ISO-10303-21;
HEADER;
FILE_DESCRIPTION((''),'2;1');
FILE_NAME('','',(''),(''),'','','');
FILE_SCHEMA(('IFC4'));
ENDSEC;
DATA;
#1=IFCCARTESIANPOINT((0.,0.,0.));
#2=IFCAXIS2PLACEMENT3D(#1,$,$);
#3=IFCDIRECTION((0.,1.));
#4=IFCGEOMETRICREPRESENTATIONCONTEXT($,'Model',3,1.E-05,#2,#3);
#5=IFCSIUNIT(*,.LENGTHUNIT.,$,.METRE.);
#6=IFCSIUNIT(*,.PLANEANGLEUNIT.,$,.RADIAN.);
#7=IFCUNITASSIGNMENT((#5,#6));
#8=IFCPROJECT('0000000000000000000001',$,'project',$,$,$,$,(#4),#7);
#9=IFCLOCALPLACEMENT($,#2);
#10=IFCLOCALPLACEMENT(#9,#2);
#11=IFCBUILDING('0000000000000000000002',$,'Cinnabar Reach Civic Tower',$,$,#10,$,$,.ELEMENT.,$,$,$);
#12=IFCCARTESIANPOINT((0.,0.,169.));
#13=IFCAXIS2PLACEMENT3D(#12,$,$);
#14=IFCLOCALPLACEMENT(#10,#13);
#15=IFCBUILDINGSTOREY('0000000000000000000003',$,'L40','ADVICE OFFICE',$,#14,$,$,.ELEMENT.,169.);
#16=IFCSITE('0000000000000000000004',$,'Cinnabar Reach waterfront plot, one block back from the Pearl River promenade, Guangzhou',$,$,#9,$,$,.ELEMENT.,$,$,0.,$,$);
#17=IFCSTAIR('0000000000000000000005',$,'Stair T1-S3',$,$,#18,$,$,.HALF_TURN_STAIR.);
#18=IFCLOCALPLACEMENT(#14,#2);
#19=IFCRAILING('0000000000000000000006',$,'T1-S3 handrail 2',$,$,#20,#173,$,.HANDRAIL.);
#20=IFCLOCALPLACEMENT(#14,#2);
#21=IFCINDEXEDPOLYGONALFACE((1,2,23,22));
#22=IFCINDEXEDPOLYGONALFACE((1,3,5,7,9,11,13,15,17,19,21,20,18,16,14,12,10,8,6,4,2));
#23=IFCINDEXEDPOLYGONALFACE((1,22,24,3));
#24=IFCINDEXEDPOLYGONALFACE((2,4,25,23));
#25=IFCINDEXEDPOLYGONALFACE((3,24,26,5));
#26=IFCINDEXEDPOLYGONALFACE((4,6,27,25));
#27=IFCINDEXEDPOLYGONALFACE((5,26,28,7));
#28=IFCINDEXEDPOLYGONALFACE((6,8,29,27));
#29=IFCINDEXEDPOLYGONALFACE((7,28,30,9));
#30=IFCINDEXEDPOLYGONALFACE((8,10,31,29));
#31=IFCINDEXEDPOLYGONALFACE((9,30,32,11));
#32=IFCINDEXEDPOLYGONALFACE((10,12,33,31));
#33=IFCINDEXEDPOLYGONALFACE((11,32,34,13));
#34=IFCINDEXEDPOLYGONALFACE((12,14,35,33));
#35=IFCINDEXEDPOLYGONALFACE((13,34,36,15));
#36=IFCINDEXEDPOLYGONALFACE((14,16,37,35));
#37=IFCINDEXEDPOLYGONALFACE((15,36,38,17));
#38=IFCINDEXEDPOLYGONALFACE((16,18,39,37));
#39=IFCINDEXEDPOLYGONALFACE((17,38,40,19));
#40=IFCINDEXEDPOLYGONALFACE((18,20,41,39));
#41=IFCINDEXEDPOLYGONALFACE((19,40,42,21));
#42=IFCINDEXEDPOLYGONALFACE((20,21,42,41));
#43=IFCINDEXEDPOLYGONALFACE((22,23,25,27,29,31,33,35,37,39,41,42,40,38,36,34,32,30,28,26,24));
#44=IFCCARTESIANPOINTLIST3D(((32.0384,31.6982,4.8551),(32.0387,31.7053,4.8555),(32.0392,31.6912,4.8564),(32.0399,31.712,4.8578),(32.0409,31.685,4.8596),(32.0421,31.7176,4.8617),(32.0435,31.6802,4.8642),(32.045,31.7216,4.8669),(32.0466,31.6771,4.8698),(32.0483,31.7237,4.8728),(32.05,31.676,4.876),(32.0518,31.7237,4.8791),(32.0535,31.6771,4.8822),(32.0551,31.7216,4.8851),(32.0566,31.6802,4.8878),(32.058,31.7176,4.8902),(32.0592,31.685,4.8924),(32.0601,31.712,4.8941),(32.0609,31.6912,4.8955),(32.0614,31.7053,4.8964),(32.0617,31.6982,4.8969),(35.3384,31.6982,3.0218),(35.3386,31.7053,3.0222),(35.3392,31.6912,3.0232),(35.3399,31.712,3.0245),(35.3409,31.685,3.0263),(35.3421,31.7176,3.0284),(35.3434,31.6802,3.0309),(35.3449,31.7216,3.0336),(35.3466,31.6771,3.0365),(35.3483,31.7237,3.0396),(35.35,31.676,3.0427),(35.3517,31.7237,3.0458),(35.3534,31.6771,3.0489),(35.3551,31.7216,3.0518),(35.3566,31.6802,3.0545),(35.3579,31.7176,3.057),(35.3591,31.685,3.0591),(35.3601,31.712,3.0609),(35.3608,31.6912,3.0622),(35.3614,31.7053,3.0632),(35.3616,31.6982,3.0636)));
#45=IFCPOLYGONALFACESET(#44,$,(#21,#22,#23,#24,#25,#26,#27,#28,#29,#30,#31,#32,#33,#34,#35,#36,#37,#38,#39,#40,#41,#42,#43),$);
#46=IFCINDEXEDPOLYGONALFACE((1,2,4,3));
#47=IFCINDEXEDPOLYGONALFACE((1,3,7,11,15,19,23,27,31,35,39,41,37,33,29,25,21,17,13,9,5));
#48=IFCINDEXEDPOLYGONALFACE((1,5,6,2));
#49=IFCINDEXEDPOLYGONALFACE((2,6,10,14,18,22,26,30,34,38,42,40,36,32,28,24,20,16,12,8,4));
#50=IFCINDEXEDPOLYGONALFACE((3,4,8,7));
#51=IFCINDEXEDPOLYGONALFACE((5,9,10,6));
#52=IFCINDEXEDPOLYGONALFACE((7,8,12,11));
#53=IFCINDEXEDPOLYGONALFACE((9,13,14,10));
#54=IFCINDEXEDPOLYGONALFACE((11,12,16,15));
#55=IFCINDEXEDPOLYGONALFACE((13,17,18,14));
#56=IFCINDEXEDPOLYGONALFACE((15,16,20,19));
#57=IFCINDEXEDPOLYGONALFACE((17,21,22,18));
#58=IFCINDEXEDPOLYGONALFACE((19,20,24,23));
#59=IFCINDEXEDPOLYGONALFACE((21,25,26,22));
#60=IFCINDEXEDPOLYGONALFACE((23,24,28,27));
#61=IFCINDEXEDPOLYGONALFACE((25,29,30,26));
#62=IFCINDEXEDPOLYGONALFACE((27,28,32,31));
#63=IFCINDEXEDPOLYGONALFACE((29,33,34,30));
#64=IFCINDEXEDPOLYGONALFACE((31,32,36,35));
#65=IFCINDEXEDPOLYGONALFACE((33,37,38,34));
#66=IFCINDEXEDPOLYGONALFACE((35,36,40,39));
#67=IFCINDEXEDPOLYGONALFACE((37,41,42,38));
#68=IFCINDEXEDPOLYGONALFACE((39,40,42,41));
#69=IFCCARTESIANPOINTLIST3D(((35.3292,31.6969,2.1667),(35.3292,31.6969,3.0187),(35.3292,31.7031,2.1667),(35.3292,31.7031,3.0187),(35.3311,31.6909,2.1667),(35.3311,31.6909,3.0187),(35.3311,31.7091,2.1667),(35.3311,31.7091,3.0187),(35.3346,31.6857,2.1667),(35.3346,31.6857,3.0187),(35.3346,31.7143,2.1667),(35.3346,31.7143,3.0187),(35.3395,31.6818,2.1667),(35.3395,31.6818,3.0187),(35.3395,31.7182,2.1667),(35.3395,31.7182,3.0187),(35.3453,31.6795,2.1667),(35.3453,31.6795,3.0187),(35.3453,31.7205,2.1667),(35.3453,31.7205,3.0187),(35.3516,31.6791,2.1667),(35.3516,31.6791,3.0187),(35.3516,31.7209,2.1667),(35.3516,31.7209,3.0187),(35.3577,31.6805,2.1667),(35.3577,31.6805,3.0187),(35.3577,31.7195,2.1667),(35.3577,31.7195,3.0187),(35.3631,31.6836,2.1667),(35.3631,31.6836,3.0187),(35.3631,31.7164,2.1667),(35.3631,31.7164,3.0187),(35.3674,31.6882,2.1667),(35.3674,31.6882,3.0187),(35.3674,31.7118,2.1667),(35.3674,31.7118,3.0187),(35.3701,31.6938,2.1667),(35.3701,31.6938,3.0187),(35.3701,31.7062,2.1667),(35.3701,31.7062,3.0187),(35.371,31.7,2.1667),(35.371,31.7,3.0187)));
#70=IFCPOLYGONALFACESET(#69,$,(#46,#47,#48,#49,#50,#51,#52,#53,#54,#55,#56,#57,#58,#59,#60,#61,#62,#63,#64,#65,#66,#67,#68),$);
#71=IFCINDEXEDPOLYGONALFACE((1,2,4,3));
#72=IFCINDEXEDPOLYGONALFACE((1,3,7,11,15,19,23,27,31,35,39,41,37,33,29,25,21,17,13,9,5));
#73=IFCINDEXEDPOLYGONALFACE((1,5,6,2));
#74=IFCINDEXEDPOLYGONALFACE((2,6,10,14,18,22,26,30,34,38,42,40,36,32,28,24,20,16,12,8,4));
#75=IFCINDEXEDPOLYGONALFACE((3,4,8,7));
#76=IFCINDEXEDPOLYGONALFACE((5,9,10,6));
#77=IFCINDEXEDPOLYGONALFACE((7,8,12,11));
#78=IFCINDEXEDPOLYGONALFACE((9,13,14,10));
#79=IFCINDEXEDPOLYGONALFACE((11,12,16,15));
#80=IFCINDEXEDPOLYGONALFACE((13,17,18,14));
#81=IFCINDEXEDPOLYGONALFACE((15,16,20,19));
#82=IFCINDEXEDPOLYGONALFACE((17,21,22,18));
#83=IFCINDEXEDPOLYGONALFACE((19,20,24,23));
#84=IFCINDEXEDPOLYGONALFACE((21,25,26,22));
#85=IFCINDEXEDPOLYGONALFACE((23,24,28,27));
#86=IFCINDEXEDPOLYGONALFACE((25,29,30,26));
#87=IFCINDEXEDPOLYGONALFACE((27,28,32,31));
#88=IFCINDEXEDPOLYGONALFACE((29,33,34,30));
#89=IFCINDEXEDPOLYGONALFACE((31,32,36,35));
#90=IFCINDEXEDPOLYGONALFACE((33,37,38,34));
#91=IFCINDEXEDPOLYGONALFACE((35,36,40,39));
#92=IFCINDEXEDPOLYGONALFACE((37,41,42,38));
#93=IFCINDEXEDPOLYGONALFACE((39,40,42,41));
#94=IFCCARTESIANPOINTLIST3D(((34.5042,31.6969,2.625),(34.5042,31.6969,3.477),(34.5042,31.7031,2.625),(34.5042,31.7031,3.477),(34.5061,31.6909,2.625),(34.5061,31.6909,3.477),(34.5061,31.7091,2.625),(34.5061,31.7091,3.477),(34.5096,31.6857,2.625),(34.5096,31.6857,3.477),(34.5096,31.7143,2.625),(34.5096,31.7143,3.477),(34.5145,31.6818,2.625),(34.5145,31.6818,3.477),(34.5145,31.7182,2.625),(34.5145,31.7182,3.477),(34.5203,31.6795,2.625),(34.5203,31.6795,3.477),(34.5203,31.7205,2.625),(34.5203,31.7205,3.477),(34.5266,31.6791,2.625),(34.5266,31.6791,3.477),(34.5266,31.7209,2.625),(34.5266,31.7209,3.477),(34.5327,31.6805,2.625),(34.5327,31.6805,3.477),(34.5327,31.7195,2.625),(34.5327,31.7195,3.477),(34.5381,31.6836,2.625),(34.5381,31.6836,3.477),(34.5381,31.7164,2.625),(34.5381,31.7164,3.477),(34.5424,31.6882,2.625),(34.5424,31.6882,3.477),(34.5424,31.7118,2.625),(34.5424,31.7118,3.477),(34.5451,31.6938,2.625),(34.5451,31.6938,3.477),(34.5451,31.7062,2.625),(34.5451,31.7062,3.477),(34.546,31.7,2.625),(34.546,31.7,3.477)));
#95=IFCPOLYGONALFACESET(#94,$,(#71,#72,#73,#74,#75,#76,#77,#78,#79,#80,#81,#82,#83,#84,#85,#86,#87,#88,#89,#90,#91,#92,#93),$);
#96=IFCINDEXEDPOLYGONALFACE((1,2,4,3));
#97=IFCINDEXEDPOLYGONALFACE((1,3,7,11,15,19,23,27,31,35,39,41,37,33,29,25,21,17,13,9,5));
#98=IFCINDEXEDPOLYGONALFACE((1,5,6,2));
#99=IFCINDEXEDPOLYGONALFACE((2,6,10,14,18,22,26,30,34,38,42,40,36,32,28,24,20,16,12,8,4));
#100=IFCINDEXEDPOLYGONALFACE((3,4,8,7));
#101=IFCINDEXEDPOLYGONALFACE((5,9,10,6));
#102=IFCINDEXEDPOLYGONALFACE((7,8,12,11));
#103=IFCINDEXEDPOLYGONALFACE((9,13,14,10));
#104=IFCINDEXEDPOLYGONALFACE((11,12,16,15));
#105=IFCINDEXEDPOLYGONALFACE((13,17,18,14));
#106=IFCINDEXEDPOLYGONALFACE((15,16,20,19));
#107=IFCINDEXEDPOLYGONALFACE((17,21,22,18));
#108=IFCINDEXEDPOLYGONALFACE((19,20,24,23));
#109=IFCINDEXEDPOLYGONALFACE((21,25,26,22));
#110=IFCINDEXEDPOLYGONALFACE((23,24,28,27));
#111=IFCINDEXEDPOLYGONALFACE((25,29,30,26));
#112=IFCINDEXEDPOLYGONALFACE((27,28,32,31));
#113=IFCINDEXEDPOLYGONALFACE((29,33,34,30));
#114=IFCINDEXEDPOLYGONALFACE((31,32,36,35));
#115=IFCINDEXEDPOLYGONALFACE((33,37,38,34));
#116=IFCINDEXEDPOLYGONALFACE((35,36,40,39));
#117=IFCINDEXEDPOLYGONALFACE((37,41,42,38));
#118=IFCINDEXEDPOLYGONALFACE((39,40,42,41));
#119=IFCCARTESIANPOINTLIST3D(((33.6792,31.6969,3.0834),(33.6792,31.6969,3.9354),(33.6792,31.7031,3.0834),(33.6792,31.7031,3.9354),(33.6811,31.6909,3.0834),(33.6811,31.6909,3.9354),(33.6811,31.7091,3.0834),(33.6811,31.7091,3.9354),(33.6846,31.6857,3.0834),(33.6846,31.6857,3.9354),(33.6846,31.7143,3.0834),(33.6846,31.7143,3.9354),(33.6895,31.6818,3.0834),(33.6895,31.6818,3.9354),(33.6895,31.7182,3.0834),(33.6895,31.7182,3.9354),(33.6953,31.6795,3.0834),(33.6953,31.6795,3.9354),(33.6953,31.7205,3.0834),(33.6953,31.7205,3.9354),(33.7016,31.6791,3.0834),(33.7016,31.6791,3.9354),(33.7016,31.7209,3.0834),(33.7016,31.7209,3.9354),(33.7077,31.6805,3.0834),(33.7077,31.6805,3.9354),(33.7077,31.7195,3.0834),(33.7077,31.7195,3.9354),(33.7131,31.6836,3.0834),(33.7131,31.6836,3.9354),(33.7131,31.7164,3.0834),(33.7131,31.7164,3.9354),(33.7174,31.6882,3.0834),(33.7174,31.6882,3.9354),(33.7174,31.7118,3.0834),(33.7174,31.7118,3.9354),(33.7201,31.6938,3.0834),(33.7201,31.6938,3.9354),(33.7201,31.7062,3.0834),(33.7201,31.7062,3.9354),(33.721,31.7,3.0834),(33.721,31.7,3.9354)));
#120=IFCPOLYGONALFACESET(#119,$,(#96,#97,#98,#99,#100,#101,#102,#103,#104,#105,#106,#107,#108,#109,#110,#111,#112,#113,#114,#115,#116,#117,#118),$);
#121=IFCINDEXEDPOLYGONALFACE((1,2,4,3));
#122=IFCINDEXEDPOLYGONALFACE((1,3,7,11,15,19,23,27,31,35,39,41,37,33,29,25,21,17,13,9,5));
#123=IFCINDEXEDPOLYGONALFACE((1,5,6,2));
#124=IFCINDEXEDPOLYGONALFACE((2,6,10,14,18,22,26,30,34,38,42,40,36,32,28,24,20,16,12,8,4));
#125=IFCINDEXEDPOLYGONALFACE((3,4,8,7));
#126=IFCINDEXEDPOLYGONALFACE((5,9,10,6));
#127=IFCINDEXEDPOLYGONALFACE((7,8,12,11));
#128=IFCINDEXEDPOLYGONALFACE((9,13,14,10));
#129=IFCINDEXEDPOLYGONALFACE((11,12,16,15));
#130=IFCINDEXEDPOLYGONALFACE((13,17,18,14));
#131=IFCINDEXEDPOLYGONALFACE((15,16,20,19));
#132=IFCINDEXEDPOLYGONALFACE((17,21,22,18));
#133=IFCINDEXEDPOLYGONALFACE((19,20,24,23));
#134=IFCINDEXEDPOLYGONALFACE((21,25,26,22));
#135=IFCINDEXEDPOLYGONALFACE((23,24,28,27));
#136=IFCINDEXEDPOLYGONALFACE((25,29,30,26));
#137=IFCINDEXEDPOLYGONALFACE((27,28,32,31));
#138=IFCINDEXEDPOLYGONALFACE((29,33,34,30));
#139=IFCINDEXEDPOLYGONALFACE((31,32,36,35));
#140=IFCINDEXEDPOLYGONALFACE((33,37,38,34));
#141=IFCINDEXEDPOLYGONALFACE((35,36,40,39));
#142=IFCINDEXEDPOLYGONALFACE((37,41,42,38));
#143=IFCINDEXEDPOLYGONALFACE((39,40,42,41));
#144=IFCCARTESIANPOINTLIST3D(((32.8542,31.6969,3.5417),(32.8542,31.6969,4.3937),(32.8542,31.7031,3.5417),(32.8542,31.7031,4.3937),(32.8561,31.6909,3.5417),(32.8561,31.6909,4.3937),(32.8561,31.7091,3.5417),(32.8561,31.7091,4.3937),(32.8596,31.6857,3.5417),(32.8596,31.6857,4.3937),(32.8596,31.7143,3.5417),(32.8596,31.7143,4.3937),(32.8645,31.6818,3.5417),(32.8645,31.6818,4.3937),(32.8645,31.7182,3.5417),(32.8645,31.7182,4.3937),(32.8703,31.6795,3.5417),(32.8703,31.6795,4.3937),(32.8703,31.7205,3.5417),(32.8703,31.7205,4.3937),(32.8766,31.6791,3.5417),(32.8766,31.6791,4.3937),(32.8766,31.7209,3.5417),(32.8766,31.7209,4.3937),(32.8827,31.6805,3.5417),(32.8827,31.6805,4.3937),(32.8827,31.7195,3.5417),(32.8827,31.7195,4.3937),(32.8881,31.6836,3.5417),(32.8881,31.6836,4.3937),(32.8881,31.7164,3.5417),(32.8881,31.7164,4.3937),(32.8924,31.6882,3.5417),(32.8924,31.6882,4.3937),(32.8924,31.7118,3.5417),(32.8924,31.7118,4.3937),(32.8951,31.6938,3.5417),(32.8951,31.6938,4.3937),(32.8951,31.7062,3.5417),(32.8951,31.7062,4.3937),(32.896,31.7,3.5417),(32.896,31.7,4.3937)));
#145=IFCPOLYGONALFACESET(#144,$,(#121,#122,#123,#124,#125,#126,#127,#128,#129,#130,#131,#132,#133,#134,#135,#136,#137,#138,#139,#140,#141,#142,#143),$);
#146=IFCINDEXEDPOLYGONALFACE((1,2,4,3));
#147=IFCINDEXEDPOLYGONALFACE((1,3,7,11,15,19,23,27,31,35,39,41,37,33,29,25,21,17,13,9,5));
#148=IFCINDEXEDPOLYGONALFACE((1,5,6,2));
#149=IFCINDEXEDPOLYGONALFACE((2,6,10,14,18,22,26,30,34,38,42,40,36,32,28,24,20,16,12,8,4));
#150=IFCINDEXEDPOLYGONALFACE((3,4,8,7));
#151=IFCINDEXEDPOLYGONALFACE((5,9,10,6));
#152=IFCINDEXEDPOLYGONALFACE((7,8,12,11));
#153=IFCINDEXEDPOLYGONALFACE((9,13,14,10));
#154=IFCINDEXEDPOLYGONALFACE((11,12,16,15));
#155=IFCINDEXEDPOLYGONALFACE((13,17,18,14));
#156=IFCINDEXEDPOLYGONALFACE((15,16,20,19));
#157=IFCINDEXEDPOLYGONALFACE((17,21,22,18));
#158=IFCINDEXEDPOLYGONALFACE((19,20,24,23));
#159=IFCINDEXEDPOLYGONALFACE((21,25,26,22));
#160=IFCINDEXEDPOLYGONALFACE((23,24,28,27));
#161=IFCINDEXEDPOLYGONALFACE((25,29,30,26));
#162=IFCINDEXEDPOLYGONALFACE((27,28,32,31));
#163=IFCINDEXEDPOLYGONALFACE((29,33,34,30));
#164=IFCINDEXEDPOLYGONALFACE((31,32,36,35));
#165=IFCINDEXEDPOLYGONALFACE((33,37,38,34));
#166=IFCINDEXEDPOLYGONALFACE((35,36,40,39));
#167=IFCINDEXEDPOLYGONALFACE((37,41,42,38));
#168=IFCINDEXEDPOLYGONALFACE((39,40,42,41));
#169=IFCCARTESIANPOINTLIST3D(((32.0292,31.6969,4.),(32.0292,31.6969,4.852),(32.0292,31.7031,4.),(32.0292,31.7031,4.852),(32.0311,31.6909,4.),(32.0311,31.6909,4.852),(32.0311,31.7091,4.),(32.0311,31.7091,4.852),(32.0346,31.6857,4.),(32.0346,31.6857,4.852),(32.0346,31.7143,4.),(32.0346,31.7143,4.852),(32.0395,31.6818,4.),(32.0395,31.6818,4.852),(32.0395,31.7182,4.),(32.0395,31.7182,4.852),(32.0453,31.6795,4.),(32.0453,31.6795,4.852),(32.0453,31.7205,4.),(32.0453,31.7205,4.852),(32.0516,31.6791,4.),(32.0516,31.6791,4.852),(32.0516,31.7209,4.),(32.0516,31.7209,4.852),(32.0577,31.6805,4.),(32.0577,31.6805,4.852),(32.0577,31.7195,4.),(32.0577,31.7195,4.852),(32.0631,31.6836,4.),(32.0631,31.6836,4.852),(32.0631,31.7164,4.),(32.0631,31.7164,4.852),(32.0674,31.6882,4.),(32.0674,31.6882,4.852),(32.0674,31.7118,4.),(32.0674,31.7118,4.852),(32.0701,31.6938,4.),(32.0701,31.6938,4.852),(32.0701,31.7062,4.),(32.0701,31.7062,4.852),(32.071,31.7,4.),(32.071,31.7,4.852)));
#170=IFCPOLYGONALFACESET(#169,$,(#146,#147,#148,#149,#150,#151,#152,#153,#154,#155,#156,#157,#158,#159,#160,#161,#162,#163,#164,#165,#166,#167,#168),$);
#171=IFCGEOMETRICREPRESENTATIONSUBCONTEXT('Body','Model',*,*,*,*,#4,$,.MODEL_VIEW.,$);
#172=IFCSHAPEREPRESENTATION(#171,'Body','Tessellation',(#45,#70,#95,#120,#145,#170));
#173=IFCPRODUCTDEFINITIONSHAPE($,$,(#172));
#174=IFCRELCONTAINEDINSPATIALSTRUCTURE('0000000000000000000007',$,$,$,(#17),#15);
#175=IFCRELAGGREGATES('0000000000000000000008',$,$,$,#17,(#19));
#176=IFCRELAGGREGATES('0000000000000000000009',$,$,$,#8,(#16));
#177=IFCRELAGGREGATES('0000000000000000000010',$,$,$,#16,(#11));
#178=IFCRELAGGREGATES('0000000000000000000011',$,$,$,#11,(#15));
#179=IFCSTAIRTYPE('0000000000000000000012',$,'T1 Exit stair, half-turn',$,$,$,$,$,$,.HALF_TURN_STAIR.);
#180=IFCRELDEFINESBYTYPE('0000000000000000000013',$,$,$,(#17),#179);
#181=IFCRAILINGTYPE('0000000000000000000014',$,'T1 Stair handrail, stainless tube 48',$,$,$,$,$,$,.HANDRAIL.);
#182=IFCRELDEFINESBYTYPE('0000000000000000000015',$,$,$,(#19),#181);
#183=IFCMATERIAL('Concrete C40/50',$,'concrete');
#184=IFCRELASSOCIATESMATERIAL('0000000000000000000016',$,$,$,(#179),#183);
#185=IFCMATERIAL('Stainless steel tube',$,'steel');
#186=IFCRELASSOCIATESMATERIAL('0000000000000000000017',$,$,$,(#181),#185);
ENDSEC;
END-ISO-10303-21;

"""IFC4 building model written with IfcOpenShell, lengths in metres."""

from ifc_helpers import new_model, si_unit, direction, frame, origin, origin_2d, place, context, subcontext, project, spatial, circle, extrude, material, type_object, element, aggregate, save


model = new_model("IFC4")

# Units and contexts
model_context = context("Model", 3, precision=1e-05, world=origin(), true_north=direction((0.0, 1.0)))
body_context = subcontext(model_context, "Body", "Model", "MODEL_VIEW")
ifc_project = project(units=[si_unit("LENGTHUNIT", "METRE"), si_unit("PLANEANGLEUNIT", "RADIAN")], contexts=[model_context])

# Site, building, storey
site_placement = place(None, origin())
site = spatial("IfcSite", under=ifc_project, at=site_placement, Name="Cinnabar Reach waterfront plot, one block back from the Pearl River promenade, Guangzhou", CompositionType="ELEMENT", RefElevation=0.0)
building_placement = place(site_placement, origin())
building = spatial("IfcBuilding", under=site, at=building_placement, Name="Cinnabar Reach Civic Tower", CompositionType="ELEMENT")
storey_placement = place(building_placement, frame((0.0, 0.0, 169.0)))
storey = spatial("IfcBuildingStorey", under=building, at=storey_placement, Name="L40", Description="ADVICE OFFICE", CompositionType="ELEMENT", Elevation=169.0)

# Stair, railing
ifc_material_1 = material(Name="Concrete C40/50", Category="concrete")
stair_type = type_object("IfcStairType", Name="T1 Exit stair, half-turn", PredefinedType="HALF_TURN_STAIR", material=ifc_material_1)
stair_placement = place(storey_placement, origin())
stair = element("IfcStair", 1, at=stair_placement, inside=storey, type_object=stair_type, Name="Stair T1-S3", PredefinedType="HALF_TURN_STAIR")
ifc_material_2 = material(Name="Stainless steel tube", Category="steel")
railing_type = type_object("IfcRailingType", Name="T1 Stair handrail, stainless tube 48", PredefinedType="HANDRAIL", material=ifc_material_2)
railing_placement = place(storey_placement, frame((35.35, 31.7, 2.1667)))
railing = element("IfcRailing", 2, at=railing_placement, type_object=railing_type, Name="T1-S3 handrail 2", PredefinedType="HANDRAIL", context=body_context, shape_type="SweptSolid", body=[
    extrude(circle(Radius=0.024, at=origin_2d()), frame((0.0, 0.0, 0.876), z_axis=(-0.874161, 0.0, 0.485636), x_axis=(0.0, -1.0, 0.0)), (0.0, 0.0, 1.0), 3.775),
    extrude(circle(Radius=0.021, at=origin_2d()), origin(), (0.0, 0.0, 1.0), 0.852),
    extrude(circle(Radius=0.021, at=origin_2d()), frame((-0.825, 0.0, 0.4583)), (0.0, 0.0, 1.0), 0.852),
    extrude(circle(Radius=0.021, at=origin_2d()), frame((-1.65, 0.0, 0.9167)), (0.0, 0.0, 1.0), 0.852),
    extrude(circle(Radius=0.021, at=origin_2d()), frame((-2.475, 0.0, 1.375)), (0.0, 0.0, 1.0), 0.852),
    extrude(circle(Radius=0.021, at=origin_2d()), frame((-3.3, 0.0, 1.8333)), (0.0, 0.0, 1.0), 0.852),
])
aggregate(stair, [railing])

save(model, "model.ifc")
